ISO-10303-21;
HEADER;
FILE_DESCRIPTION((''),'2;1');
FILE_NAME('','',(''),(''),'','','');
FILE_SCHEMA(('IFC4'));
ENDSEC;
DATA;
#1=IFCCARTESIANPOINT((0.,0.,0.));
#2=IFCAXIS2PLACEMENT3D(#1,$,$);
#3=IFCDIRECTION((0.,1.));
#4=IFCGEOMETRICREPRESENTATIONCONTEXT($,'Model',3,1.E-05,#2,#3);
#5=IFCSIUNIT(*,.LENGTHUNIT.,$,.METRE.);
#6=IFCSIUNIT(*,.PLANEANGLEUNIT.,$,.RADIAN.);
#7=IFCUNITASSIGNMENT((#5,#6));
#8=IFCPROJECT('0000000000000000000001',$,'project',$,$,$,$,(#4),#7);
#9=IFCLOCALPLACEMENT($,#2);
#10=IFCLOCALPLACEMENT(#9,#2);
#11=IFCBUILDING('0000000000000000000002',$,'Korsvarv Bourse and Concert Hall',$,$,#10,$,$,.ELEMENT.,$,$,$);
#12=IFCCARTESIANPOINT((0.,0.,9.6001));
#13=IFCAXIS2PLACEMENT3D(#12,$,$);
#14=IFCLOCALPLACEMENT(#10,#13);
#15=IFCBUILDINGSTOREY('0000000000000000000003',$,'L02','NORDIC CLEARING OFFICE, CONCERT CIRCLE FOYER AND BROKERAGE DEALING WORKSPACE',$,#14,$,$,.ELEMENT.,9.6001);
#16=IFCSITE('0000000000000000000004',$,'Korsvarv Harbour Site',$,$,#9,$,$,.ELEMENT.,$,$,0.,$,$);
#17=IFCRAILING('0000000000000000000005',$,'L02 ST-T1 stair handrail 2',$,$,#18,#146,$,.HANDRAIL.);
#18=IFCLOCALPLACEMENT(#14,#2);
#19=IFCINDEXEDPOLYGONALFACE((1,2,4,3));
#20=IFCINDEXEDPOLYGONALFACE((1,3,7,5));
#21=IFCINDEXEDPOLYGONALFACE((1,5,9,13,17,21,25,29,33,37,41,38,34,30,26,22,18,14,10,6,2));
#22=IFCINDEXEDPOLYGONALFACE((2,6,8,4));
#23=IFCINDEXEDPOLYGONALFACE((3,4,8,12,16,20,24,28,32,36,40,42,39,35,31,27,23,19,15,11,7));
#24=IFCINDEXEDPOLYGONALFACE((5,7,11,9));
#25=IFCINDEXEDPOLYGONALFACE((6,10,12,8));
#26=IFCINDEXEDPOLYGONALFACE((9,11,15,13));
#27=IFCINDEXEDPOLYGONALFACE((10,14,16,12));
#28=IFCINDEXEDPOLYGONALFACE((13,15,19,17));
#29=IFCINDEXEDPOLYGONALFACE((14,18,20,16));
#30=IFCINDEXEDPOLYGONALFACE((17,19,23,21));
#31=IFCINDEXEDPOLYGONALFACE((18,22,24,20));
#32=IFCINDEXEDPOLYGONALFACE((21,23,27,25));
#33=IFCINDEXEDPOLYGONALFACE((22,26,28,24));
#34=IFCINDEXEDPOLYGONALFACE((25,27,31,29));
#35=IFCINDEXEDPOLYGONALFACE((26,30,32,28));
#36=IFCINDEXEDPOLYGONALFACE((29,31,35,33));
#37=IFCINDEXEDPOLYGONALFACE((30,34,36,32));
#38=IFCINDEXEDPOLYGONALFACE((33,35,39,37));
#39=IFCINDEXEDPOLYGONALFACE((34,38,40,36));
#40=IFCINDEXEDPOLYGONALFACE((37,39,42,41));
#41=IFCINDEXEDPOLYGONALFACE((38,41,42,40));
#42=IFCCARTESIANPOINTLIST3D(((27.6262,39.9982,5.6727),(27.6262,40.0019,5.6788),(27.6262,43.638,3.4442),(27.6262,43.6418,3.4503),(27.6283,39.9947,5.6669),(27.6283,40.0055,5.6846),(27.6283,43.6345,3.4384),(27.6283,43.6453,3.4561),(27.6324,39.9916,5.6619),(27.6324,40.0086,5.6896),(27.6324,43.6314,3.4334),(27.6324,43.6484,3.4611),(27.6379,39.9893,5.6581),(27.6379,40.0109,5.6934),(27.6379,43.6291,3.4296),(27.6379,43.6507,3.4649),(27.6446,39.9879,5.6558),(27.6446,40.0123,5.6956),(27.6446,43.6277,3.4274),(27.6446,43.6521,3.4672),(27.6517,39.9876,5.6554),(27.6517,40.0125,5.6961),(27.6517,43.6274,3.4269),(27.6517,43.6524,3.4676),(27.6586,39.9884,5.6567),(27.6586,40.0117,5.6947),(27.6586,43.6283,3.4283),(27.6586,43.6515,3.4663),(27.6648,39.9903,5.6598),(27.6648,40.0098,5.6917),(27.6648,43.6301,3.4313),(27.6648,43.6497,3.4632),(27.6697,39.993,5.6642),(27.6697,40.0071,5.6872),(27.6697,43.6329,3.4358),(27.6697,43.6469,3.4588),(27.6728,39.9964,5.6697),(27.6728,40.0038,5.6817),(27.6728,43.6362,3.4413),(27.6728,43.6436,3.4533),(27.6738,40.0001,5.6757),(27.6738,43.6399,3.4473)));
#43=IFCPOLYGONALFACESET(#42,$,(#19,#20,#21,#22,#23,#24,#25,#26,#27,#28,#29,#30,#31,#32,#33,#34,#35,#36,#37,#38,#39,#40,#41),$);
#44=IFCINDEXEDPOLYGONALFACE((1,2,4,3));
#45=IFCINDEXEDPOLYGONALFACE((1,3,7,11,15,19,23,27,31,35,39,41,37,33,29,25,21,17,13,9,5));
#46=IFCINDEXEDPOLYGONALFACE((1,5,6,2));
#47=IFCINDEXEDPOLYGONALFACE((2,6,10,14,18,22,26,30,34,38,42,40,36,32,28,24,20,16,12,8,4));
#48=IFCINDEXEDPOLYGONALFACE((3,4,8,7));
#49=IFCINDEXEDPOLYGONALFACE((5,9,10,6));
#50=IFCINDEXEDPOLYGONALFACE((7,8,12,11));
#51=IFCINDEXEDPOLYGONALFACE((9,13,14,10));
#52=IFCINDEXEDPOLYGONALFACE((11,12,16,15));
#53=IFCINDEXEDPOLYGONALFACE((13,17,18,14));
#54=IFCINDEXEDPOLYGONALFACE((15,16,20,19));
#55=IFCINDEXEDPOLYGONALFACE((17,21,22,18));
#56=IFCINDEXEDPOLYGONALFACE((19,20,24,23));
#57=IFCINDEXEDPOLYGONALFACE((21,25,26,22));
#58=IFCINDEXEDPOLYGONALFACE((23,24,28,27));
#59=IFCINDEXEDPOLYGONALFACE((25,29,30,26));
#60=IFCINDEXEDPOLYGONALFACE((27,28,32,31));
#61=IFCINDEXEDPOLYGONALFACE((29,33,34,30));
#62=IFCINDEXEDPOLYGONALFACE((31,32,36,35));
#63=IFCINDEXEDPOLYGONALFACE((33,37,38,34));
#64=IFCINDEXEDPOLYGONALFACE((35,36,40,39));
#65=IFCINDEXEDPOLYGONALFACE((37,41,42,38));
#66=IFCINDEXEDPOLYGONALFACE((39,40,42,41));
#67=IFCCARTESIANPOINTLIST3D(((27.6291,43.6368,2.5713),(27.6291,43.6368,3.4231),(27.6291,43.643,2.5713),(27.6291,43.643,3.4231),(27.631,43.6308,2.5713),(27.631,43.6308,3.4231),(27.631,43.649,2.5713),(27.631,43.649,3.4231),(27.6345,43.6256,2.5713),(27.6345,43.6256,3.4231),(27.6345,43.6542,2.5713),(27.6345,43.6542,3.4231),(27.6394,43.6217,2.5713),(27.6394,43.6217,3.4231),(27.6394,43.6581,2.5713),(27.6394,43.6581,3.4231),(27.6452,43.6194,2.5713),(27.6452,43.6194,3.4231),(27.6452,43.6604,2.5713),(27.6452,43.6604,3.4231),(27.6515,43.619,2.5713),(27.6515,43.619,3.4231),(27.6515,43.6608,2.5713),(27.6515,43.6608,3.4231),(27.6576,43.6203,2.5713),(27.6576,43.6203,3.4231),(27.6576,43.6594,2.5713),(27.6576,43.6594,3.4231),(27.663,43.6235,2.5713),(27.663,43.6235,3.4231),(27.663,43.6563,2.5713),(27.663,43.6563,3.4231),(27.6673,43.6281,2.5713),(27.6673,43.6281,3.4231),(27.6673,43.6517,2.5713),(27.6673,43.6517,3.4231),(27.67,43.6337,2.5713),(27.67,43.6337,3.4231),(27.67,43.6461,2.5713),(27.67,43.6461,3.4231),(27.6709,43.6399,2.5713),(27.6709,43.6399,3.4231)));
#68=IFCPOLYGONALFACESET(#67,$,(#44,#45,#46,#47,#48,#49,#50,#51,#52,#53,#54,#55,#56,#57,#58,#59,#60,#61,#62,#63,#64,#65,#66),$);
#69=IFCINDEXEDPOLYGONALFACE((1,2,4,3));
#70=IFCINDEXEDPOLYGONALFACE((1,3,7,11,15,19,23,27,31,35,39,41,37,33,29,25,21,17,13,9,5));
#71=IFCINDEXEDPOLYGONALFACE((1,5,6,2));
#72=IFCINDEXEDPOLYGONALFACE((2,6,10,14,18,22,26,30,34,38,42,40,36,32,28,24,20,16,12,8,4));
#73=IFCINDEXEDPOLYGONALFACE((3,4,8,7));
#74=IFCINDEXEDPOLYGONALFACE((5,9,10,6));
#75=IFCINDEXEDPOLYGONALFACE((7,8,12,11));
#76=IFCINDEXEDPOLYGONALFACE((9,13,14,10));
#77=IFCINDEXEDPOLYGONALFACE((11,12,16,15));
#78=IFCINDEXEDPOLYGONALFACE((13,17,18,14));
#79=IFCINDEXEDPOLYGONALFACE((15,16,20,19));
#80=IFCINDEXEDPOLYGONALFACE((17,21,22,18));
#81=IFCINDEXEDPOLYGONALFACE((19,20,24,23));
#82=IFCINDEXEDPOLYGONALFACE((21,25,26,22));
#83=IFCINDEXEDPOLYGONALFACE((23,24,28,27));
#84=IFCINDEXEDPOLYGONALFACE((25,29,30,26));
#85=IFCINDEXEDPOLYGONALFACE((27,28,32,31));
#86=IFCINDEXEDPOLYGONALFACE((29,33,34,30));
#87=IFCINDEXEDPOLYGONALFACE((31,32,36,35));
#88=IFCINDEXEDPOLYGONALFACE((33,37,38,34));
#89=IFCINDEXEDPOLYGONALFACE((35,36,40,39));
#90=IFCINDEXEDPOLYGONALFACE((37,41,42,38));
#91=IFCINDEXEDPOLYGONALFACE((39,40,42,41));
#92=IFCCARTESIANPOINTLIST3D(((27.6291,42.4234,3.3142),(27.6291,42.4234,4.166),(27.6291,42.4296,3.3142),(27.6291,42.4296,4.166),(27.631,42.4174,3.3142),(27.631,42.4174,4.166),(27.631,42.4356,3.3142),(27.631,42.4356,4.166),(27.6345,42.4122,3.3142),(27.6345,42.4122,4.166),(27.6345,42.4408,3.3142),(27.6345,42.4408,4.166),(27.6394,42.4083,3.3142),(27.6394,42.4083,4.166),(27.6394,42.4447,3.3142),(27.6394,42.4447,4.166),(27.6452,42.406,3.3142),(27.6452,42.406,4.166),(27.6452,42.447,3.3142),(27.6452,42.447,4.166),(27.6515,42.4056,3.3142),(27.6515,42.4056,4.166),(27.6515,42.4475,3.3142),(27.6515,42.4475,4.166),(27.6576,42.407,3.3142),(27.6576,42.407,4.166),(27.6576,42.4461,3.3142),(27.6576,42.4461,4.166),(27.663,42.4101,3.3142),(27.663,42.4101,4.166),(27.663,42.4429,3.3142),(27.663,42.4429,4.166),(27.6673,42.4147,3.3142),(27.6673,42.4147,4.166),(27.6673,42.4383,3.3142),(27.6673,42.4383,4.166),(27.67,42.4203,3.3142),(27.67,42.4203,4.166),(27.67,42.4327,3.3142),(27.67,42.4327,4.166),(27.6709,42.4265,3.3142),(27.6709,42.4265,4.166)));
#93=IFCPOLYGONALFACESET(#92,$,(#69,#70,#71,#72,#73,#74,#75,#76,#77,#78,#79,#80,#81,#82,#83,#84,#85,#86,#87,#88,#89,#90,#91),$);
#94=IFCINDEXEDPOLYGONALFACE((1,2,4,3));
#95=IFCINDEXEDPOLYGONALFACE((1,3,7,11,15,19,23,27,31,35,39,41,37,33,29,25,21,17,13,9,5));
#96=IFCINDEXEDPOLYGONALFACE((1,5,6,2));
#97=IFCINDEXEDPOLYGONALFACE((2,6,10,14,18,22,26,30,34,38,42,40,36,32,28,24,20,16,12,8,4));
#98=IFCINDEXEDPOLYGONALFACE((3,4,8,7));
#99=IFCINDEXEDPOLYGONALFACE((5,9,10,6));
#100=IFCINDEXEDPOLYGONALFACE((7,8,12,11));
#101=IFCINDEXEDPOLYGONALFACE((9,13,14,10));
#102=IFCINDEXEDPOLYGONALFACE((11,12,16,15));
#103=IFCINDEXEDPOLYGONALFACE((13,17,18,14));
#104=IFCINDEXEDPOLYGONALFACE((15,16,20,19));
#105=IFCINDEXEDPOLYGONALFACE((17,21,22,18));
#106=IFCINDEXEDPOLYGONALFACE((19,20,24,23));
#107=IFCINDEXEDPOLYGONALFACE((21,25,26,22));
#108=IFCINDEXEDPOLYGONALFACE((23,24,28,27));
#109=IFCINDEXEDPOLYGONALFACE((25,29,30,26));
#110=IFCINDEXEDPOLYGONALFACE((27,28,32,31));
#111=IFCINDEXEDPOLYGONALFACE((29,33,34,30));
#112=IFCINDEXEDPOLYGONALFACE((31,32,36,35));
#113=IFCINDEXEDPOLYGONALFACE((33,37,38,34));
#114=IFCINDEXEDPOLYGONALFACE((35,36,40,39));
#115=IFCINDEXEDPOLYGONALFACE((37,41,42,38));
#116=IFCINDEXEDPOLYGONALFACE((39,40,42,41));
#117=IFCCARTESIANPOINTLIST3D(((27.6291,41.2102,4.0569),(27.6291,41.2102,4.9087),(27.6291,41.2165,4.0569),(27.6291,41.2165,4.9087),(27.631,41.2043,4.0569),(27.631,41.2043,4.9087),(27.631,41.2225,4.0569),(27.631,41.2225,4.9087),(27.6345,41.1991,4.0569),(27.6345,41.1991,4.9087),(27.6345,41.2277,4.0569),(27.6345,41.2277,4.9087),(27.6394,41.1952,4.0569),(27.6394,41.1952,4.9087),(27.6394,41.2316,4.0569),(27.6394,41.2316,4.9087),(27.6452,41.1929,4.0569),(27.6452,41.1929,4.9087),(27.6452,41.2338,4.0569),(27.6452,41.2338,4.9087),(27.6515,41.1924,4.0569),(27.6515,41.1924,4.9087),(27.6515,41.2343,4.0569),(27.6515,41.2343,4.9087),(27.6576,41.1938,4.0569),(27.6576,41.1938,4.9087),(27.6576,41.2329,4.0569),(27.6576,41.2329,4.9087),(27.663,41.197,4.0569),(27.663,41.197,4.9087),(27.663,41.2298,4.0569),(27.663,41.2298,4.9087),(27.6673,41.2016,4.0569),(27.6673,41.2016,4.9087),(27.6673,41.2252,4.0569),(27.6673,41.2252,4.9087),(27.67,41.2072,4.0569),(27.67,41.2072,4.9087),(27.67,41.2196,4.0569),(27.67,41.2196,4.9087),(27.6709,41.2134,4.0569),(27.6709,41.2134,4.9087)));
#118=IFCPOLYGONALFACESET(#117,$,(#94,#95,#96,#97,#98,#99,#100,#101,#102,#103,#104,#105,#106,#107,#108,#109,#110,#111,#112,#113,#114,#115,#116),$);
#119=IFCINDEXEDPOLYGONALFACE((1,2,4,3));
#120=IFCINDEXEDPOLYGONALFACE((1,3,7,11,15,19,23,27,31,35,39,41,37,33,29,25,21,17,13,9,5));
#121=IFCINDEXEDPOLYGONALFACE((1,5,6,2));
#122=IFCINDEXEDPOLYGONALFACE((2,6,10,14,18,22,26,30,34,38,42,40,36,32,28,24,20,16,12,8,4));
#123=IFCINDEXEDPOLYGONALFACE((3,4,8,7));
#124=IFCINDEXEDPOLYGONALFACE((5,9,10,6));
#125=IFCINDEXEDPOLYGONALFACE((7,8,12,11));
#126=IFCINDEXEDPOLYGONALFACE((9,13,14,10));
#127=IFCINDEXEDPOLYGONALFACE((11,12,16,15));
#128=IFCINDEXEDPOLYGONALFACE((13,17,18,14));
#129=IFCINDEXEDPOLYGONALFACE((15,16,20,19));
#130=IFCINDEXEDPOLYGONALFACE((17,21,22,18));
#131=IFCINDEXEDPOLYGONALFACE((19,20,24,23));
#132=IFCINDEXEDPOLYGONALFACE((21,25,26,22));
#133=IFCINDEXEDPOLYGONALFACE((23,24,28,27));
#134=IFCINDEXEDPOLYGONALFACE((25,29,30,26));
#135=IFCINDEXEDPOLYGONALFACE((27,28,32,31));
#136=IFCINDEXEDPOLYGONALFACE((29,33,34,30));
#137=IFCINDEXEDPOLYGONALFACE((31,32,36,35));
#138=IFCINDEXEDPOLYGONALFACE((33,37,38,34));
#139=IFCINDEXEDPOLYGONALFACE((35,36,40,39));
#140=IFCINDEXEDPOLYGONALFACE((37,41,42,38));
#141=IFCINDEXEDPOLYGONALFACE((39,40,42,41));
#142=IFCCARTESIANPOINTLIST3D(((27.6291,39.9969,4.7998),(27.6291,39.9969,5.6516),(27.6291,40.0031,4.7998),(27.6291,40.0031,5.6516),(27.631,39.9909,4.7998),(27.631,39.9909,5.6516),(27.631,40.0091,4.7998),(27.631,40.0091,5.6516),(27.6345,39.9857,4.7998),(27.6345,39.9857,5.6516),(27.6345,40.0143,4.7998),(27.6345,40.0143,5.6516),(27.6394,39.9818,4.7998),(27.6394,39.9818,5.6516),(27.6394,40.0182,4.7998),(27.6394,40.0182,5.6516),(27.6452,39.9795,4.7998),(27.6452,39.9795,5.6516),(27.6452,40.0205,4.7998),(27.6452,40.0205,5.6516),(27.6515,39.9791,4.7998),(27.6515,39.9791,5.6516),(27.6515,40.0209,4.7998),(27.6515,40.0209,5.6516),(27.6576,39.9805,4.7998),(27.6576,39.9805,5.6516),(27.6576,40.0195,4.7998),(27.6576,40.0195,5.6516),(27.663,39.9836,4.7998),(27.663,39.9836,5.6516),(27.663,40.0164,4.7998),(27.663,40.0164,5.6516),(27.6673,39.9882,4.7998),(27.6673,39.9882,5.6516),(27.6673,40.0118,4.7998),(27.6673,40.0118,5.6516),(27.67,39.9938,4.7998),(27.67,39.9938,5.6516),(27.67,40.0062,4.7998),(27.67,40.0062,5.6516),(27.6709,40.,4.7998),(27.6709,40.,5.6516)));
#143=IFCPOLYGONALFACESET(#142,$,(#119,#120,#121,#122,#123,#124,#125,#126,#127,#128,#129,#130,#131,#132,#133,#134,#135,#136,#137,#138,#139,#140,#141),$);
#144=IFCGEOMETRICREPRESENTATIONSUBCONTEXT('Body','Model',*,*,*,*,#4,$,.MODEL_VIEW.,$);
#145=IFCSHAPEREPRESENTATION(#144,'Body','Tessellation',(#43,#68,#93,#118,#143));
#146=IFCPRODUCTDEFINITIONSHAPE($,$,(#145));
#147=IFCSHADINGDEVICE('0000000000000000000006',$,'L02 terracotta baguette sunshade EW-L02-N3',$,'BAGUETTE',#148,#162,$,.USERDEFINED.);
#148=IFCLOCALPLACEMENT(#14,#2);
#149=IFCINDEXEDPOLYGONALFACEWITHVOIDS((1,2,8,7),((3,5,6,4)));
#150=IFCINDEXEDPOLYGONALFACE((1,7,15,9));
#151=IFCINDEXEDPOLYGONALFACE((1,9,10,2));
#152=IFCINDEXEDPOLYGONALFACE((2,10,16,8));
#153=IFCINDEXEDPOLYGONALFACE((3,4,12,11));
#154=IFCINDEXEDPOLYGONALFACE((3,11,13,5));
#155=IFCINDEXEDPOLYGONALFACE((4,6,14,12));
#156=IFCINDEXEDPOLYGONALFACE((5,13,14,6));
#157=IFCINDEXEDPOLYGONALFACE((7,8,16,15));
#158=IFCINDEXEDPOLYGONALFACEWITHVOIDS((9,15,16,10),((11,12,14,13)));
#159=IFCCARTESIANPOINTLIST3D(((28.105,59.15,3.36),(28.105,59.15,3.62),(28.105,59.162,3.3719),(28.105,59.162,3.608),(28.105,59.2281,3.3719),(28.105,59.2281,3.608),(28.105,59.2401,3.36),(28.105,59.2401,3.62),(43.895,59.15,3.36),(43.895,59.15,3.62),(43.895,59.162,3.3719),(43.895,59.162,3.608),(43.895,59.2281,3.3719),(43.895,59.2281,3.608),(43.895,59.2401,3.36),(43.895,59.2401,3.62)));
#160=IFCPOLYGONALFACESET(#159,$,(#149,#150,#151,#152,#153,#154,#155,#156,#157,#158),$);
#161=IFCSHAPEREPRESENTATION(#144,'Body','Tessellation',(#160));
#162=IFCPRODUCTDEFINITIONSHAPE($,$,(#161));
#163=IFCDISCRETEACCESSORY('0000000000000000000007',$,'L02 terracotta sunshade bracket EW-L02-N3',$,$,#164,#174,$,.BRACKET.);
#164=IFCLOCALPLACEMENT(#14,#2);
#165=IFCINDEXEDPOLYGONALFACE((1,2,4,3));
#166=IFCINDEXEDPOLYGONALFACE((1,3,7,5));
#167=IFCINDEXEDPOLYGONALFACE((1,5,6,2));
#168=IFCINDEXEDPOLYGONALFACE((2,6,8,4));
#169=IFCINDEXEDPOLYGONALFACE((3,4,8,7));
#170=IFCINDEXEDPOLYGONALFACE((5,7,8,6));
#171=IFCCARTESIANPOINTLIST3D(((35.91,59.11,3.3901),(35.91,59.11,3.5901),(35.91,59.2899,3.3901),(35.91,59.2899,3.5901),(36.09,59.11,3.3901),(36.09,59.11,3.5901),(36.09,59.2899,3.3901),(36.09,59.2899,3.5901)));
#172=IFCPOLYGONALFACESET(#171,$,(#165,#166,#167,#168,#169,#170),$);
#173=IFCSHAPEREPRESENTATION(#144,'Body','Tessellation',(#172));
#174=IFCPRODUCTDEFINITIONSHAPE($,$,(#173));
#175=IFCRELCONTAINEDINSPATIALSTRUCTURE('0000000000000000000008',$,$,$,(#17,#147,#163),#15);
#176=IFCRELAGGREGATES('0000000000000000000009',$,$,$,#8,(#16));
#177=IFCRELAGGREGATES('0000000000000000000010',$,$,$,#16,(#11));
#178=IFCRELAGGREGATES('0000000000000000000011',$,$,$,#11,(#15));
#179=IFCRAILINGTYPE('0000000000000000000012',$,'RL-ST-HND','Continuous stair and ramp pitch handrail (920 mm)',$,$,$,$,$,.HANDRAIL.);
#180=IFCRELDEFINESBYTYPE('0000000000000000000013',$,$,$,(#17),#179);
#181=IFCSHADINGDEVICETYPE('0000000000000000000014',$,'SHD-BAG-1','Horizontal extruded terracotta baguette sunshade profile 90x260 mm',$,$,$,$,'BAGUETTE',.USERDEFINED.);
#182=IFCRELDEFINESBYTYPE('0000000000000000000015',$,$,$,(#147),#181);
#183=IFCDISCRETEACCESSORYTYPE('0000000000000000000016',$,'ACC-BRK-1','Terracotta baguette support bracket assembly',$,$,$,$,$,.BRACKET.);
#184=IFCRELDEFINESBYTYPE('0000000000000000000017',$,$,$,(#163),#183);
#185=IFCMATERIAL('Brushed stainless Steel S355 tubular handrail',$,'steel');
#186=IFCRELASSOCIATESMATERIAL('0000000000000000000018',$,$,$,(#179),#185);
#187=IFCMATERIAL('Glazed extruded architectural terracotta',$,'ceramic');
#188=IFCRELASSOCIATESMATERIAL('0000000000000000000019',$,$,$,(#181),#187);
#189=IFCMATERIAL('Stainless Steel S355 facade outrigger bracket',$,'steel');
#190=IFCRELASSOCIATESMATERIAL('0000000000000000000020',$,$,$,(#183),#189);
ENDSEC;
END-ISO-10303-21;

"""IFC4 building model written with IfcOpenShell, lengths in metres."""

from ifc_helpers import new_model, si_unit, direction, frame, origin, origin_2d, place, context, subcontext, project, spatial, rectangle, hollow_rectangle, circle, extrude, source, transform, mapped, material, material_profile, profile_set, type_object, element, save


model = new_model("IFC4")

# Units and contexts
model_context = context("Model", 3, precision=1e-05, world=origin(), true_north=direction((0.0, 1.0)))
body_context = subcontext(model_context, "Body", "Model", "MODEL_VIEW")
ifc_project = project(units=[si_unit("LENGTHUNIT", "METRE"), si_unit("PLANEANGLEUNIT", "RADIAN")], contexts=[model_context])

# Site, building, storey
site_placement = place(None, origin())
site = spatial("IfcSite", under=ifc_project, at=site_placement, Name="Korsvarv Harbour Site", CompositionType="ELEMENT", RefElevation=0.0)
building_placement = place(site_placement, origin())
building = spatial("IfcBuilding", under=site, at=building_placement, Name="Korsvarv Bourse and Concert Hall", CompositionType="ELEMENT")
storey_placement = place(building_placement, frame((0.0, 0.0, 9.6001)))
storey = spatial("IfcBuildingStorey", under=building, at=storey_placement, Name="L02", Description="NORDIC CLEARING OFFICE, CONCERT CIRCLE FOYER AND BROKERAGE DEALING WORKSPACE", CompositionType="ELEMENT", Elevation=9.6001)

# Railing
ifc_material_1 = material(Name="Brushed stainless Steel S355 tubular handrail", Category="steel")
railing_type_1 = type_object("IfcRailingType", Name="RL-ST-HND", Description="Continuous stair and ramp pitch handrail (920 mm)", PredefinedType="HANDRAIL", material=ifc_material_1)
railing_1_placement = place(storey_placement, frame((27.6499, 43.6399, 2.5713)))
element("IfcRailing", 1, at=railing_1_placement, inside=storey, type_object=railing_type_1, Name="L02 ST-T1 stair handrail 2", PredefinedType="HANDRAIL", context=body_context, shape_type="SweptSolid", body=[
    extrude(circle(Radius=0.0239, at=origin_2d()), frame((0.0, 0.0, 0.876), z_axis=(0.0, -0.85285, 0.522156), x_axis=(1.0, 0.0, 0.0)), (0.0, 0.0, 1.0), 4.2678),
    extrude(circle(Radius=0.021, at=origin_2d()), origin(), (0.0, 0.0, 1.0), 0.8518),
    extrude(circle(Radius=0.021, at=origin_2d()), frame((0.0, -1.2134, 0.7429)), (0.0, 0.0, 1.0), 0.8518),
    extrude(circle(Radius=0.021, at=origin_2d()), frame((0.0, -2.4265, 1.4856)), (0.0, 0.0, 1.0), 0.8518),
    extrude(circle(Radius=0.021, at=origin_2d()), frame((0.0, -3.6399, 2.2285)), (0.0, 0.0, 1.0), 0.8518),
])

# Shading device
ifc_material_2 = material(Name="Glazed extruded architectural terracotta", Category="ceramic")
ifc_material_profile_1 = material_profile(ifc_material_2, hollow_rectangle(XDim=0.0901, YDim=0.26, WallThickness=0.012, at=origin_2d()), Name="TC-BAG 90x260")
ifc_profile_set_1 = profile_set([ifc_material_profile_1], Name="Glazed extruded architectural terracotta")
shading_device_type = type_object("IfcShadingDeviceType", Name="SHD-BAG-1", Description="Horizontal extruded terracotta baguette sunshade profile 90x260 mm", ElementType="BAGUETTE", PredefinedType="USERDEFINED", material=ifc_profile_set_1)
shared_shape_1 = source(origin(), body_context, "Body", "SweptSolid", [
    extrude(hollow_rectangle(XDim=0.0901, YDim=0.26, WallThickness=0.012, at=origin_2d()), origin(), (0.0, 0.0, 1.0), 15.79),
])
shading_device_placement = place(storey_placement, frame((28.105, 59.1951, 3.49), z_axis=(1.0, 0.0, 0.0), x_axis=(0.0, 1.0, 0.0)))
element("IfcShadingDevice", 2, at=shading_device_placement, inside=storey, type_object=shading_device_type, Name="L02 terracotta baguette sunshade EW-L02-N3", ObjectType="BAGUETTE", PredefinedType="USERDEFINED", context=body_context, shape_type="MappedRepresentation", body=[
    mapped(shared_shape_1, transform((0.0, 0.0, 0.0), scale=1.0)),
])

# Discrete accessory
ifc_material_3 = material(Name="Stainless Steel S355 facade outrigger bracket", Category="steel")
discrete_accessory_type = type_object("IfcDiscreteAccessoryType", Name="ACC-BRK-1", Description="Terracotta baguette support bracket assembly", PredefinedType="BRACKET", material=ifc_material_3)
shared_shape_2 = source(origin(), body_context, "Body", "SweptSolid", [
    extrude(rectangle(XDim=0.1799, YDim=0.1799, at=origin_2d()), origin(), (0.0, 0.0, 1.0), 0.2),
])
discrete_accessory_placement = place(storey_placement, frame((36.0, 59.2, 3.3901), z_axis=(0.0, 0.0, 1.0), x_axis=(1.0, 0.0, 0.0)))
element("IfcDiscreteAccessory", 3, at=discrete_accessory_placement, inside=storey, type_object=discrete_accessory_type, Name="L02 terracotta sunshade bracket EW-L02-N3", PredefinedType="BRACKET", context=body_context, shape_type="MappedRepresentation", body=[
    mapped(shared_shape_2, transform((0.0, 0.0, 0.0), scale=1.0)),
])

save(model, "model.ifc")
